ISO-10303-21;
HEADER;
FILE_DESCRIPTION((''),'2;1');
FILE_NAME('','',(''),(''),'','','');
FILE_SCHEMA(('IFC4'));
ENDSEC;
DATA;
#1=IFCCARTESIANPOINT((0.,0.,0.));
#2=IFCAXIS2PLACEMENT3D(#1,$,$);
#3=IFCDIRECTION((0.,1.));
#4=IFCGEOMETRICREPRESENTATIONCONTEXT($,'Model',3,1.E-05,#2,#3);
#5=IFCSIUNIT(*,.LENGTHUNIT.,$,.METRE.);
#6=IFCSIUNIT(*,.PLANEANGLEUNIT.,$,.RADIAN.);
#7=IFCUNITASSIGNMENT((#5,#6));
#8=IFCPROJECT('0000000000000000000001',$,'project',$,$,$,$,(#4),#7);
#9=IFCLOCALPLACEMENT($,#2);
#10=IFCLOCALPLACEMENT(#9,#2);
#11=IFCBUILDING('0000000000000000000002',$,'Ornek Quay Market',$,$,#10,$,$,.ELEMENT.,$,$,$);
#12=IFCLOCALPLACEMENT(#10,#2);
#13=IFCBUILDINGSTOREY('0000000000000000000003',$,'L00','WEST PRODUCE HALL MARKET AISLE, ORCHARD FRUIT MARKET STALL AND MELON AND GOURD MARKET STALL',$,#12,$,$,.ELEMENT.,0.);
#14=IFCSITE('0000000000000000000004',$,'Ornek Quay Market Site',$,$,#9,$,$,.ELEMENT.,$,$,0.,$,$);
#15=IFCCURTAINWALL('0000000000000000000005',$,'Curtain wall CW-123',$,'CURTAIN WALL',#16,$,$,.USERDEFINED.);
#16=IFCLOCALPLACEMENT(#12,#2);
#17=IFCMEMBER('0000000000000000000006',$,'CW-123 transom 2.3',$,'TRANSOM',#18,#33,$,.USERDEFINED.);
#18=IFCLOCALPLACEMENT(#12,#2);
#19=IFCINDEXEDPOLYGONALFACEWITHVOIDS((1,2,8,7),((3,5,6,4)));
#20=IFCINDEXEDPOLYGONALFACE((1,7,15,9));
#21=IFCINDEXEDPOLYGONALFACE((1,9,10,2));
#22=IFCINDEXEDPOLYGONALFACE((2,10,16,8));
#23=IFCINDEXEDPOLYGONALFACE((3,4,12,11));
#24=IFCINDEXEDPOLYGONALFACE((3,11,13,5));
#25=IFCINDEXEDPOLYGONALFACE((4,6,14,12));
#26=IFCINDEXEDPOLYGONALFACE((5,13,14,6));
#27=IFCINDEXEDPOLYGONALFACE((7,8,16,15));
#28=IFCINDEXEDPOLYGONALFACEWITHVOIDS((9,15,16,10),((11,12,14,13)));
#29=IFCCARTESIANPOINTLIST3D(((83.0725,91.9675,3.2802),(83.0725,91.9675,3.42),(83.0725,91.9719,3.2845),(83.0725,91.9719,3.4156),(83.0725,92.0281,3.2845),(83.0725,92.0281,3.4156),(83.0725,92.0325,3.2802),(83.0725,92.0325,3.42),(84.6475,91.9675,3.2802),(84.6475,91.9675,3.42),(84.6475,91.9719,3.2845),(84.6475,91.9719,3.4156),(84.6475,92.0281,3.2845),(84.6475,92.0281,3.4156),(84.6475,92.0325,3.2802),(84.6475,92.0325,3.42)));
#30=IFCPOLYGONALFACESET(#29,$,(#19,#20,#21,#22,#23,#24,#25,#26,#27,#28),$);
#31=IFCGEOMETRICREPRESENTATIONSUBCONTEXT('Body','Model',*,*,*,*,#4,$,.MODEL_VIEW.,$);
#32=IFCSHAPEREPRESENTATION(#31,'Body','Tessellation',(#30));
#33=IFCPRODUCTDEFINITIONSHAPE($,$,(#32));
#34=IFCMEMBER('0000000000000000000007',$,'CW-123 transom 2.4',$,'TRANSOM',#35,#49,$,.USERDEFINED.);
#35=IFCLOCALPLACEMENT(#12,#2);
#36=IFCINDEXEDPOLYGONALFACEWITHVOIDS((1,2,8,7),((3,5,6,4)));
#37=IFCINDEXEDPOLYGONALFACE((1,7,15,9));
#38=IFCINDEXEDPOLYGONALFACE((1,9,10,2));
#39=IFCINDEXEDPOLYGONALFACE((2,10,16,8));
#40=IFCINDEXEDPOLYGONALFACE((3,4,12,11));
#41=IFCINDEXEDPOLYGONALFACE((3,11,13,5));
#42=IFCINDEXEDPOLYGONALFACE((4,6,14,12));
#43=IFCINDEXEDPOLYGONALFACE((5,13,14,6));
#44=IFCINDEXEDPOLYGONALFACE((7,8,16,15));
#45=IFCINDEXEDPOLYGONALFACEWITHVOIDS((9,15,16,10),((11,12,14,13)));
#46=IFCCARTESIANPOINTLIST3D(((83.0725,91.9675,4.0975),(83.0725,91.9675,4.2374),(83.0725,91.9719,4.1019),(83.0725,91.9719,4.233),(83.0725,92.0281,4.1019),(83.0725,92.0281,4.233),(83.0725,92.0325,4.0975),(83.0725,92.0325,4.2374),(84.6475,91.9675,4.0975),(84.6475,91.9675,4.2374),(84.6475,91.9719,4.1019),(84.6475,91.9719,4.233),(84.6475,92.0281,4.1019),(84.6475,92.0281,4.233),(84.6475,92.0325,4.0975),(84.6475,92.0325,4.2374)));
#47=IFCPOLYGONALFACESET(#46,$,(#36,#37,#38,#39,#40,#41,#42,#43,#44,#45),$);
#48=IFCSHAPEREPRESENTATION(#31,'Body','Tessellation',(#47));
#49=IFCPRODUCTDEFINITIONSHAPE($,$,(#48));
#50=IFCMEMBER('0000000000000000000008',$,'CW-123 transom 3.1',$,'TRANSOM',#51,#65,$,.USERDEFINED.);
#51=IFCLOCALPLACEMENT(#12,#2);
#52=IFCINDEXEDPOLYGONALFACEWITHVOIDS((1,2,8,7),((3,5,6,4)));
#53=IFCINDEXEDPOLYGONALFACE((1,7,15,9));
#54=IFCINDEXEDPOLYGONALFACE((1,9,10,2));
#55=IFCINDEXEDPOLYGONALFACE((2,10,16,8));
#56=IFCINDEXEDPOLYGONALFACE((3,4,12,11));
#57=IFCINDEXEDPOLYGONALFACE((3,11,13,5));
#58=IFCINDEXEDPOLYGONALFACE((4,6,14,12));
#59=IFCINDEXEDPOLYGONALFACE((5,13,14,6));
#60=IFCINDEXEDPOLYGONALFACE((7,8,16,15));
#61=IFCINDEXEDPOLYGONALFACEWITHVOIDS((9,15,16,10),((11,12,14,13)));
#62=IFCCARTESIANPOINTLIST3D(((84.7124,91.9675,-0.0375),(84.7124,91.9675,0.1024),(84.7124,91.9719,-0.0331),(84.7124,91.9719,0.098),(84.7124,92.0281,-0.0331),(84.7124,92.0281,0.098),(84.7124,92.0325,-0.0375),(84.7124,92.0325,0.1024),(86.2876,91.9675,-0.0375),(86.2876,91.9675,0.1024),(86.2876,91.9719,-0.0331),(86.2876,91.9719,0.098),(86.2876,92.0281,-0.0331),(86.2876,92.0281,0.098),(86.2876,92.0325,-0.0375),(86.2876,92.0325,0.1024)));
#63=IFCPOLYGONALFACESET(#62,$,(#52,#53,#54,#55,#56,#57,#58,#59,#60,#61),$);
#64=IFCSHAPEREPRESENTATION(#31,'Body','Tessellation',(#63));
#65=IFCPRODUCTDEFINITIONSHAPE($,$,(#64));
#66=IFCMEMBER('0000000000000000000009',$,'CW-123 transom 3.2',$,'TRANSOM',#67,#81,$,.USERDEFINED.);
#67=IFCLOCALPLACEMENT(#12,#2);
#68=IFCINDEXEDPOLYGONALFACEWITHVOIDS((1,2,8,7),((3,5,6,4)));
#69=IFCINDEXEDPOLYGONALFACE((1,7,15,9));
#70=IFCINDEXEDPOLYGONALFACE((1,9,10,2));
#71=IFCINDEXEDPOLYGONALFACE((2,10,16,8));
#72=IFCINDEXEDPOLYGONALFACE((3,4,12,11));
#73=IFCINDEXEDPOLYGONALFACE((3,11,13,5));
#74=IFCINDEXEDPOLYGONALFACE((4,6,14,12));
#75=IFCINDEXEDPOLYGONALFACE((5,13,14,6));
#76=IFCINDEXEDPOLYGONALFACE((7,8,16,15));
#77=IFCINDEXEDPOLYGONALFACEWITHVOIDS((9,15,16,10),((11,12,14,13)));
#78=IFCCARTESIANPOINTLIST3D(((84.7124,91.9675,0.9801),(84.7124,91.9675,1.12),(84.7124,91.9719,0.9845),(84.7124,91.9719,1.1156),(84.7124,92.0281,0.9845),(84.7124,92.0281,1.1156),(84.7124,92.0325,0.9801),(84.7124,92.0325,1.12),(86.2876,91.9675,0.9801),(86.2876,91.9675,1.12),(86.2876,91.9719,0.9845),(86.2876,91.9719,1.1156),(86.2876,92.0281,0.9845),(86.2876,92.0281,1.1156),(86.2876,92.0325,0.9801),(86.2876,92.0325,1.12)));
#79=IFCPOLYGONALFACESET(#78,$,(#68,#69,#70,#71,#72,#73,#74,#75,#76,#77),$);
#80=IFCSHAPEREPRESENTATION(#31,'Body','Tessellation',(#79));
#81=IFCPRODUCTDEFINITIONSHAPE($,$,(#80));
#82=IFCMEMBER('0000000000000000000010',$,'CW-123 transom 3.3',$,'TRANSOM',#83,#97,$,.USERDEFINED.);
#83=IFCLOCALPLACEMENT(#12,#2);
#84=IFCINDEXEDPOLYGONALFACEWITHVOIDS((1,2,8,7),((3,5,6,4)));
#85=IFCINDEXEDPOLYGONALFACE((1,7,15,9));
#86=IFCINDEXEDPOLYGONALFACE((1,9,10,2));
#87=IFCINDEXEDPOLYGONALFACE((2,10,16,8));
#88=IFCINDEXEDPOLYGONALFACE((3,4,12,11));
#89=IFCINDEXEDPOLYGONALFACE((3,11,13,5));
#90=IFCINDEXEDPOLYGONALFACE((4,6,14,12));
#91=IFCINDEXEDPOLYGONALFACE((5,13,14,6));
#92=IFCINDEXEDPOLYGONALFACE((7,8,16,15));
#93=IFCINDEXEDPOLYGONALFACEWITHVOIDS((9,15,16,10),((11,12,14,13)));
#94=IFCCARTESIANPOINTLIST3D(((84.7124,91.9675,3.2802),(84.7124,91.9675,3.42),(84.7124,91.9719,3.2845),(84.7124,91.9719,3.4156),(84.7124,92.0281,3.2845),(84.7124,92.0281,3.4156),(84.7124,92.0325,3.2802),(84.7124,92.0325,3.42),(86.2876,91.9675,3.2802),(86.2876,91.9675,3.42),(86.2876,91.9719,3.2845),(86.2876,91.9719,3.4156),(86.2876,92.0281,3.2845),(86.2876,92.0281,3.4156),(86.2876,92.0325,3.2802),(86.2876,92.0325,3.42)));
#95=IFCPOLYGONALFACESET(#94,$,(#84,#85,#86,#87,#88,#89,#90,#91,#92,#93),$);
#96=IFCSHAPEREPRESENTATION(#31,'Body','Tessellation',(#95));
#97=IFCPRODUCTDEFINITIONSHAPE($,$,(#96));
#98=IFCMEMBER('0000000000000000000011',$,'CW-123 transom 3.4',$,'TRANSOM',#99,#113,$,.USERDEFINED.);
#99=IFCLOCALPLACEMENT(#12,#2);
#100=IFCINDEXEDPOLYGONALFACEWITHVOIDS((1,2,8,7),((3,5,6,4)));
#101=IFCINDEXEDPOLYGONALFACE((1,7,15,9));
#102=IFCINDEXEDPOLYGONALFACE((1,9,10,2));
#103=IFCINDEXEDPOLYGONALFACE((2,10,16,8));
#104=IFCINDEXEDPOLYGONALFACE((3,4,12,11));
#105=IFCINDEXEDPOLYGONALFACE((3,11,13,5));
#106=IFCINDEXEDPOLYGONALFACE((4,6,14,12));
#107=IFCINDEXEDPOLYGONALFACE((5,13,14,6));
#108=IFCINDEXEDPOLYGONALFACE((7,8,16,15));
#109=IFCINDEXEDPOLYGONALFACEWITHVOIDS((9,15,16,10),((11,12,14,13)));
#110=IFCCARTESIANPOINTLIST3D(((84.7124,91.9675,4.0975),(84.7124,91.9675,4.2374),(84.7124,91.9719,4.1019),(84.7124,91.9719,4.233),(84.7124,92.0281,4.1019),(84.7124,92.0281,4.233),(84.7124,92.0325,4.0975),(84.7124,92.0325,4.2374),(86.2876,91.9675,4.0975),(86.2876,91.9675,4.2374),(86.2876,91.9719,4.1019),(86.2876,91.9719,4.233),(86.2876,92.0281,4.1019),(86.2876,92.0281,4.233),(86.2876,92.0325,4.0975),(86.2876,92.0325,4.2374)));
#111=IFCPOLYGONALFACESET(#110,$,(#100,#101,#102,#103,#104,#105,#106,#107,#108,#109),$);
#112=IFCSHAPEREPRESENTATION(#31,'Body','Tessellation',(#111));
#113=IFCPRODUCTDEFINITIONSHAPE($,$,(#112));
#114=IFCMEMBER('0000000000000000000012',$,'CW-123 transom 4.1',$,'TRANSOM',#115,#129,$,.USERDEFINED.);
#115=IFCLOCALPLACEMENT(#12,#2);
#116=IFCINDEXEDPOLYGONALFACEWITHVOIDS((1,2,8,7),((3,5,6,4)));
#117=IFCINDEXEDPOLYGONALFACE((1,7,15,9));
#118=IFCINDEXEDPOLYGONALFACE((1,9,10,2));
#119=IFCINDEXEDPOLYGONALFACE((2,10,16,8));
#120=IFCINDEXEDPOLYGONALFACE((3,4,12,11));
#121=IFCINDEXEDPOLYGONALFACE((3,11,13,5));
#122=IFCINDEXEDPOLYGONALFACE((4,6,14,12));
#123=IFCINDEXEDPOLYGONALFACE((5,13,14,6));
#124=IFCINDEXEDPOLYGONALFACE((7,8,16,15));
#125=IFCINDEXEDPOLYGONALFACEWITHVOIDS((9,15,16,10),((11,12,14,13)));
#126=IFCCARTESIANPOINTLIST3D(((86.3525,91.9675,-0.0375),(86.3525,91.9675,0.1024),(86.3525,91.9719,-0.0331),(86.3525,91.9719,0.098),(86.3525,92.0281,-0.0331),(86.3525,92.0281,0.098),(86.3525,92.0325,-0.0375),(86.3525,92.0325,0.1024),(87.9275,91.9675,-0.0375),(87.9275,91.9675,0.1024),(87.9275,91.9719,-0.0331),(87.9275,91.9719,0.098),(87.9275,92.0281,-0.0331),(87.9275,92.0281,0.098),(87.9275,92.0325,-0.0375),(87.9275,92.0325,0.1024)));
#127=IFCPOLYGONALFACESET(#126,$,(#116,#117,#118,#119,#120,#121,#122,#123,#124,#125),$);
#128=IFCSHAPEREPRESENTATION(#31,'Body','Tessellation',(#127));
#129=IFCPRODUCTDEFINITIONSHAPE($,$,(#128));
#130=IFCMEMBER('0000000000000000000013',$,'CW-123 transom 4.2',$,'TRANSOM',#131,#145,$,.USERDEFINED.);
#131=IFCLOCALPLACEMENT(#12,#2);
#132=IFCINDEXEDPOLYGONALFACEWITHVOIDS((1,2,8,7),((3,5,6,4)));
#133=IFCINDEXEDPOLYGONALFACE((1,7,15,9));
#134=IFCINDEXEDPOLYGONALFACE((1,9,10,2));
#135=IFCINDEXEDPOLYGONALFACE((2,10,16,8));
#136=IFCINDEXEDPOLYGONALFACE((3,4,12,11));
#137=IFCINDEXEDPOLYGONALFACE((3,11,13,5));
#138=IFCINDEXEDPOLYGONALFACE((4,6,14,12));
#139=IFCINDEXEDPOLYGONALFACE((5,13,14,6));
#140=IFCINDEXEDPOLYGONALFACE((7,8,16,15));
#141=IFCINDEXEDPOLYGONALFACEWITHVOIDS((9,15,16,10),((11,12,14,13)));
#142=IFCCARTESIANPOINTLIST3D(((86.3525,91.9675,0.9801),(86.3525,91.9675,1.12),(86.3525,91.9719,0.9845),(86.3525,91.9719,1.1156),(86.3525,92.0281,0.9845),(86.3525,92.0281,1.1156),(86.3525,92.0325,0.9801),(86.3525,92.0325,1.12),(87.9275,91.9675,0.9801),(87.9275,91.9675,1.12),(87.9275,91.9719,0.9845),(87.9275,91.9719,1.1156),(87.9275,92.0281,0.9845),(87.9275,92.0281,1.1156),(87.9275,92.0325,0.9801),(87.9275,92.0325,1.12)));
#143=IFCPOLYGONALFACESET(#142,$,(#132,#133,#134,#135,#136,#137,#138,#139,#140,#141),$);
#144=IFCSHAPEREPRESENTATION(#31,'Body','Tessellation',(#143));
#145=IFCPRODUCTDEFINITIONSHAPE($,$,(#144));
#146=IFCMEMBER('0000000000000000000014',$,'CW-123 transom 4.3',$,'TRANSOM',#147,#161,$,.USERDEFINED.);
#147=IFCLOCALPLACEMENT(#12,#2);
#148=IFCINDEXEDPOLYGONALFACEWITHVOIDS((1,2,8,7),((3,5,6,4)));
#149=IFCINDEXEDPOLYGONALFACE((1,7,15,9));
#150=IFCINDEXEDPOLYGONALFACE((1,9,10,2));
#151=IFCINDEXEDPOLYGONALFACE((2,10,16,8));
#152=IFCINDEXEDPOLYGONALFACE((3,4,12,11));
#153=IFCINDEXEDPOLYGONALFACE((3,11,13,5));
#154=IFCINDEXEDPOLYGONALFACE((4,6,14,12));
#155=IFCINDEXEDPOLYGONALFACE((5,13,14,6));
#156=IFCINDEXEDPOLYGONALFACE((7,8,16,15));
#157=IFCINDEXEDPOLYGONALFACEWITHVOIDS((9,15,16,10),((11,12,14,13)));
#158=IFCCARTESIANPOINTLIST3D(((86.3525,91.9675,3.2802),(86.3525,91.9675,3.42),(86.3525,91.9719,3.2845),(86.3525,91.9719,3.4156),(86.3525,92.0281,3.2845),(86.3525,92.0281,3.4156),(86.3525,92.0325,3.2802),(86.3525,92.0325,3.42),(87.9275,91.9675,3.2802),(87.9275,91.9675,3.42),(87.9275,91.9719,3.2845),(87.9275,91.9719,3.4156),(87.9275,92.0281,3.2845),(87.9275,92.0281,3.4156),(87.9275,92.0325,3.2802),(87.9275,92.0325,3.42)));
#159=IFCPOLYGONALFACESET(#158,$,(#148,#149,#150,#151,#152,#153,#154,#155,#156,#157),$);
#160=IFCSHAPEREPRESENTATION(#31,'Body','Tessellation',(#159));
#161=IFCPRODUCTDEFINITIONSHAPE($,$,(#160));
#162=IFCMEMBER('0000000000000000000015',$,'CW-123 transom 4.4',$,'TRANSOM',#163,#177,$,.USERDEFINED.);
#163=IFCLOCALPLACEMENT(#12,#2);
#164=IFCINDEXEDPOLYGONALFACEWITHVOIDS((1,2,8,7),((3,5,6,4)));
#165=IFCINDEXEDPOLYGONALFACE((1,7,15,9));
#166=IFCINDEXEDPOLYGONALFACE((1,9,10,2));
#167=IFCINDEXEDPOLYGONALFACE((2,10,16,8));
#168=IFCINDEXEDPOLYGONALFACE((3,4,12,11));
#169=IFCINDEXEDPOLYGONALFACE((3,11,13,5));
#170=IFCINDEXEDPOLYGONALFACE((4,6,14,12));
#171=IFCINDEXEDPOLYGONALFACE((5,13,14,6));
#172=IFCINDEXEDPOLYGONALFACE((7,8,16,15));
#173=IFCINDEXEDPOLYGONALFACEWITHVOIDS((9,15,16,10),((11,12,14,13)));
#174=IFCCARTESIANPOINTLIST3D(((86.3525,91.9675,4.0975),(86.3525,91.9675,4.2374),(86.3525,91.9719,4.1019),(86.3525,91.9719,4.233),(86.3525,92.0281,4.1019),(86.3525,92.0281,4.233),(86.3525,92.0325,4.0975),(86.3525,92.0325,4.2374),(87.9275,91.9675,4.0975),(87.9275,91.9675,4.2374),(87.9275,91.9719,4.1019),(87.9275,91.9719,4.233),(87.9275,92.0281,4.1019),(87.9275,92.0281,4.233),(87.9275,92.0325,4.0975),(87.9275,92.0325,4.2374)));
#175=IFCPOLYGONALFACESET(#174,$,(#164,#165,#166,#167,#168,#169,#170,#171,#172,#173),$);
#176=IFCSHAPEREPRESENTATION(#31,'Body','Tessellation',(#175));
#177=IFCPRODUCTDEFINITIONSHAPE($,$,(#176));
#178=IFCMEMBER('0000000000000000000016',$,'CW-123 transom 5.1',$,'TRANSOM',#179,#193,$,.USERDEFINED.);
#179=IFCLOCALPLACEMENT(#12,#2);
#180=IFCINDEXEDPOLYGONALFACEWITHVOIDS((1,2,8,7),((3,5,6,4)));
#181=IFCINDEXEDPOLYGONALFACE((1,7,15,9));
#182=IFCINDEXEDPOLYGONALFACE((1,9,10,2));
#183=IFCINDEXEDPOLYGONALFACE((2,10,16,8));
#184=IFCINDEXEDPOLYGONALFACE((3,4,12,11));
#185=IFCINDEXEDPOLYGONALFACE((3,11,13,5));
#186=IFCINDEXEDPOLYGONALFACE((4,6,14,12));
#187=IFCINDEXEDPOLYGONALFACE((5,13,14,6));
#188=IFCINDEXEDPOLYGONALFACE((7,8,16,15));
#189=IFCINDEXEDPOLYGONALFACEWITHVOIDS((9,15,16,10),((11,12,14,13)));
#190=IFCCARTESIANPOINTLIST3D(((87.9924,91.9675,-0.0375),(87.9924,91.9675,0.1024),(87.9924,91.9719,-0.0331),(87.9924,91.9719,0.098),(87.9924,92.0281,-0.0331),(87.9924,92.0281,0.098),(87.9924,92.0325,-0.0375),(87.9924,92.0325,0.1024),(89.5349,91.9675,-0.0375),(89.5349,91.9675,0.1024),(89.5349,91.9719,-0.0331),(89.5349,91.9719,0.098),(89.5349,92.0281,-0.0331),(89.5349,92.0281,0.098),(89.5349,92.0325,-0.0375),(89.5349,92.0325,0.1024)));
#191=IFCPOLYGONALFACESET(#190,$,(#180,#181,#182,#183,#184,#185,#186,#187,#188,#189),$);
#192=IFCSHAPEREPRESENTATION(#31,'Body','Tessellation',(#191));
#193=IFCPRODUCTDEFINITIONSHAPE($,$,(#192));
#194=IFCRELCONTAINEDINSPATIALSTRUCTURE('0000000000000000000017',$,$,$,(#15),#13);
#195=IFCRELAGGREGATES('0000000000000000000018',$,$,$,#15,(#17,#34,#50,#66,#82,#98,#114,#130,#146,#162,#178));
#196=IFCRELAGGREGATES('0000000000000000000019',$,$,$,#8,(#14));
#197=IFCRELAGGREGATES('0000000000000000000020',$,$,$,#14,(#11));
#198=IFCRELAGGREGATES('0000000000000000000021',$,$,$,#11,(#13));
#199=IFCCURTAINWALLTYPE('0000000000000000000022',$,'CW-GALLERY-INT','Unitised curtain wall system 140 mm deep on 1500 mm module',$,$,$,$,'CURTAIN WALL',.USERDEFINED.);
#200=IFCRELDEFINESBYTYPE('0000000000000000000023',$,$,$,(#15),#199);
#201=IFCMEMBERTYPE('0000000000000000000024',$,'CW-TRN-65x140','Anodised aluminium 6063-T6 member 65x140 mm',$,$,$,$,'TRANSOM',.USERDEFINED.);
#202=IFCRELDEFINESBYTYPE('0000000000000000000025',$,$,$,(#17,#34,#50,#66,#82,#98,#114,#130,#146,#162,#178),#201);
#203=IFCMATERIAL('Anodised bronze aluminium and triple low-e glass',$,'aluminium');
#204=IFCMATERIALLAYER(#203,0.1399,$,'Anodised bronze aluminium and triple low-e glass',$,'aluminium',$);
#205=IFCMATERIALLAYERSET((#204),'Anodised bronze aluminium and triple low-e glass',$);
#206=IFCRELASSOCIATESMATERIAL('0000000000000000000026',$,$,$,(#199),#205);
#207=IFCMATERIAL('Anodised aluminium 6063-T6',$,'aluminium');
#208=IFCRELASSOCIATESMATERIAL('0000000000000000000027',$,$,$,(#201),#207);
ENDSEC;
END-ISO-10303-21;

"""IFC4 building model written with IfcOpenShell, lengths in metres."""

from ifc_helpers import new_model, si_unit, direction, frame, origin, origin_2d, place, context, subcontext, project, spatial, hollow_rectangle, extrude, material, layer, layer_set, material_profile, profile_set, type_object, element, aggregate, save


model = new_model("IFC4")

# Units and contexts
model_context = context("Model", 3, precision=1e-05, world=origin(), true_north=direction((0.0, 1.0)))
body_context = subcontext(model_context, "Body", "Model", "MODEL_VIEW")
ifc_project = project(units=[si_unit("LENGTHUNIT", "METRE"), si_unit("PLANEANGLEUNIT", "RADIAN")], contexts=[model_context])

# Site, building, storey
site_placement = place(None, origin())
site = spatial("IfcSite", under=ifc_project, at=site_placement, Name="Ornek Quay Market Site", CompositionType="ELEMENT", RefElevation=0.0)
building_placement = place(site_placement, origin())
building = spatial("IfcBuilding", under=site, at=building_placement, Name="Ornek Quay Market", CompositionType="ELEMENT")
storey_placement = place(building_placement, origin())
storey = spatial("IfcBuildingStorey", under=building, at=storey_placement, Name="L00", Description="WEST PRODUCE HALL MARKET AISLE, ORCHARD FRUIT MARKET STALL AND MELON AND GOURD MARKET STALL", CompositionType="ELEMENT", Elevation=0.0)

# Curtain wall, members
ifc_material_1 = material(Name="Anodised bronze aluminium and triple low-e glass", Category="aluminium")
ifc_layer_1 = layer(ifc_material_1, 0.1399, Name="Anodised bronze aluminium and triple low-e glass", Category="aluminium")
ifc_layer_set_1 = layer_set([ifc_layer_1], Name="Anodised bronze aluminium and triple low-e glass")
curtain_wall_type = type_object("IfcCurtainWallType", Name="CW-GALLERY-INT", Description="Unitised curtain wall system 140 mm deep on 1500 mm module", ElementType="CURTAIN WALL", PredefinedType="USERDEFINED", material=ifc_layer_set_1)
curtain_wall_placement = place(storey_placement, origin())
curtain_wall = element("IfcCurtainWall", 1, at=curtain_wall_placement, inside=storey, type_object=curtain_wall_type, Name="Curtain wall CW-123", ObjectType="CURTAIN WALL", PredefinedType="USERDEFINED")
ifc_material_2 = material(Name="Anodised aluminium 6063-T6", Category="aluminium")
ifc_material_profile_1 = material_profile(ifc_material_2, hollow_rectangle(XDim=0.0649, YDim=0.1399, WallThickness=0.0044, at=origin_2d()), Name="CW-TRN-65x140", Category="aluminium")
ifc_profile_set_1 = profile_set([ifc_material_profile_1], Name="Anodised aluminium 6063-T6")
member_type_1 = type_object("IfcMemberType", Name="CW-TRN-65x140", Description="Anodised aluminium 6063-T6 member 65x140 mm", ElementType="TRANSOM", PredefinedType="USERDEFINED", material=ifc_profile_set_1)
member_1_placement = place(storey_placement, frame((83.0725, 92.0, 3.3501), z_axis=(1.0, 0.0, 0.0), x_axis=(0.0, 1.0, 0.0)))
member_1 = element("IfcMember", 2, at=member_1_placement, type_object=member_type_1, Name="CW-123 transom 2.3", ObjectType="TRANSOM", PredefinedType="USERDEFINED", context=body_context, shape_type="SweptSolid", body=[
    extrude(hollow_rectangle(XDim=0.0649, YDim=0.1399, WallThickness=0.0044, at=origin_2d()), origin(), (0.0, 0.0, 1.0), 1.575),
])
member_2_placement = place(storey_placement, frame((83.0725, 92.0, 4.1675), z_axis=(1.0, 0.0, 0.0), x_axis=(0.0, 1.0, 0.0)))
member_2 = element("IfcMember", 3, at=member_2_placement, type_object=member_type_1, Name="CW-123 transom 2.4", ObjectType="TRANSOM", PredefinedType="USERDEFINED", context=body_context, shape_type="SweptSolid", body=[
    extrude(hollow_rectangle(XDim=0.0649, YDim=0.1399, WallThickness=0.0044, at=origin_2d()), origin(), (0.0, 0.0, 1.0), 1.575),
])
member_3_placement = place(storey_placement, frame((84.7124, 92.0, 0.0325), z_axis=(1.0, 0.0, 0.0), x_axis=(0.0, 1.0, 0.0)))
member_3 = element("IfcMember", 4, at=member_3_placement, type_object=member_type_1, Name="CW-123 transom 3.1", ObjectType="TRANSOM", PredefinedType="USERDEFINED", context=body_context, shape_type="SweptSolid", body=[
    extrude(hollow_rectangle(XDim=0.0649, YDim=0.1399, WallThickness=0.0044, at=origin_2d()), origin(), (0.0, 0.0, 1.0), 1.5752),
])
member_4_placement = place(storey_placement, frame((84.7124, 92.0, 1.05), z_axis=(1.0, 0.0, 0.0), x_axis=(0.0, 1.0, 0.0)))
member_4 = element("IfcMember", 5, at=member_4_placement, type_object=member_type_1, Name="CW-123 transom 3.2", ObjectType="TRANSOM", PredefinedType="USERDEFINED", context=body_context, shape_type="SweptSolid", body=[
    extrude(hollow_rectangle(XDim=0.0649, YDim=0.1399, WallThickness=0.0044, at=origin_2d()), origin(), (0.0, 0.0, 1.0), 1.5752),
])
member_5_placement = place(storey_placement, frame((84.7124, 92.0, 3.3501), z_axis=(1.0, 0.0, 0.0), x_axis=(0.0, 1.0, 0.0)))
member_5 = element("IfcMember", 6, at=member_5_placement, type_object=member_type_1, Name="CW-123 transom 3.3", ObjectType="TRANSOM", PredefinedType="USERDEFINED", context=body_context, shape_type="SweptSolid", body=[
    extrude(hollow_rectangle(XDim=0.0649, YDim=0.1399, WallThickness=0.0044, at=origin_2d()), origin(), (0.0, 0.0, 1.0), 1.5752),
])
member_6_placement = place(storey_placement, frame((84.7124, 92.0, 4.1675), z_axis=(1.0, 0.0, 0.0), x_axis=(0.0, 1.0, 0.0)))
member_6 = element("IfcMember", 7, at=member_6_placement, type_object=member_type_1, Name="CW-123 transom 3.4", ObjectType="TRANSOM", PredefinedType="USERDEFINED", context=body_context, shape_type="SweptSolid", body=[
    extrude(hollow_rectangle(XDim=0.0649, YDim=0.1399, WallThickness=0.0044, at=origin_2d()), origin(), (0.0, 0.0, 1.0), 1.5752),
])
member_7_placement = place(storey_placement, frame((86.3525, 92.0, 0.0325), z_axis=(1.0, 0.0, 0.0), x_axis=(0.0, 1.0, 0.0)))
member_7 = element("IfcMember", 8, at=member_7_placement, type_object=member_type_1, Name="CW-123 transom 4.1", ObjectType="TRANSOM", PredefinedType="USERDEFINED", context=body_context, shape_type="SweptSolid", body=[
    extrude(hollow_rectangle(XDim=0.0649, YDim=0.1399, WallThickness=0.0044, at=origin_2d()), origin(), (0.0, 0.0, 1.0), 1.575),
])
member_8_placement = place(storey_placement, frame((86.3525, 92.0, 1.05), z_axis=(1.0, 0.0, 0.0), x_axis=(0.0, 1.0, 0.0)))
member_8 = element("IfcMember", 9, at=member_8_placement, type_object=member_type_1, Name="CW-123 transom 4.2", ObjectType="TRANSOM", PredefinedType="USERDEFINED", context=body_context, shape_type="SweptSolid", body=[
    extrude(hollow_rectangle(XDim=0.0649, YDim=0.1399, WallThickness=0.0044, at=origin_2d()), origin(), (0.0, 0.0, 1.0), 1.575),
])
member_9_placement = place(storey_placement, frame((86.3525, 92.0, 3.3501), z_axis=(1.0, 0.0, 0.0), x_axis=(0.0, 1.0, 0.0)))
member_9 = element("IfcMember", 10, at=member_9_placement, type_object=member_type_1, Name="CW-123 transom 4.3", ObjectType="TRANSOM", PredefinedType="USERDEFINED", context=body_context, shape_type="SweptSolid", body=[
    extrude(hollow_rectangle(XDim=0.0649, YDim=0.1399, WallThickness=0.0044, at=origin_2d()), origin(), (0.0, 0.0, 1.0), 1.575),
])
member_10_placement = place(storey_placement, frame((86.3525, 92.0, 4.1675), z_axis=(1.0, 0.0, 0.0), x_axis=(0.0, 1.0, 0.0)))
member_10 = element("IfcMember", 11, at=member_10_placement, type_object=member_type_1, Name="CW-123 transom 4.4", ObjectType="TRANSOM", PredefinedType="USERDEFINED", context=body_context, shape_type="SweptSolid", body=[
    extrude(hollow_rectangle(XDim=0.0649, YDim=0.1399, WallThickness=0.0044, at=origin_2d()), origin(), (0.0, 0.0, 1.0), 1.575),
])
member_11_placement = place(storey_placement, frame((87.9924, 92.0, 0.0325), z_axis=(1.0, 0.0, 0.0), x_axis=(0.0, 1.0, 0.0)))
member_11 = element("IfcMember", 12, at=member_11_placement, type_object=member_type_1, Name="CW-123 transom 5.1", ObjectType="TRANSOM", PredefinedType="USERDEFINED", context=body_context, shape_type="SweptSolid", body=[
    extrude(hollow_rectangle(XDim=0.0649, YDim=0.1399, WallThickness=0.0044, at=origin_2d()), origin(), (0.0, 0.0, 1.0), 1.5425),
])
aggregate(curtain_wall, [member_1, member_2, member_3, member_4, member_5, member_6, member_7, member_8, member_9, member_10, member_11])

save(model, "model.ifc")
